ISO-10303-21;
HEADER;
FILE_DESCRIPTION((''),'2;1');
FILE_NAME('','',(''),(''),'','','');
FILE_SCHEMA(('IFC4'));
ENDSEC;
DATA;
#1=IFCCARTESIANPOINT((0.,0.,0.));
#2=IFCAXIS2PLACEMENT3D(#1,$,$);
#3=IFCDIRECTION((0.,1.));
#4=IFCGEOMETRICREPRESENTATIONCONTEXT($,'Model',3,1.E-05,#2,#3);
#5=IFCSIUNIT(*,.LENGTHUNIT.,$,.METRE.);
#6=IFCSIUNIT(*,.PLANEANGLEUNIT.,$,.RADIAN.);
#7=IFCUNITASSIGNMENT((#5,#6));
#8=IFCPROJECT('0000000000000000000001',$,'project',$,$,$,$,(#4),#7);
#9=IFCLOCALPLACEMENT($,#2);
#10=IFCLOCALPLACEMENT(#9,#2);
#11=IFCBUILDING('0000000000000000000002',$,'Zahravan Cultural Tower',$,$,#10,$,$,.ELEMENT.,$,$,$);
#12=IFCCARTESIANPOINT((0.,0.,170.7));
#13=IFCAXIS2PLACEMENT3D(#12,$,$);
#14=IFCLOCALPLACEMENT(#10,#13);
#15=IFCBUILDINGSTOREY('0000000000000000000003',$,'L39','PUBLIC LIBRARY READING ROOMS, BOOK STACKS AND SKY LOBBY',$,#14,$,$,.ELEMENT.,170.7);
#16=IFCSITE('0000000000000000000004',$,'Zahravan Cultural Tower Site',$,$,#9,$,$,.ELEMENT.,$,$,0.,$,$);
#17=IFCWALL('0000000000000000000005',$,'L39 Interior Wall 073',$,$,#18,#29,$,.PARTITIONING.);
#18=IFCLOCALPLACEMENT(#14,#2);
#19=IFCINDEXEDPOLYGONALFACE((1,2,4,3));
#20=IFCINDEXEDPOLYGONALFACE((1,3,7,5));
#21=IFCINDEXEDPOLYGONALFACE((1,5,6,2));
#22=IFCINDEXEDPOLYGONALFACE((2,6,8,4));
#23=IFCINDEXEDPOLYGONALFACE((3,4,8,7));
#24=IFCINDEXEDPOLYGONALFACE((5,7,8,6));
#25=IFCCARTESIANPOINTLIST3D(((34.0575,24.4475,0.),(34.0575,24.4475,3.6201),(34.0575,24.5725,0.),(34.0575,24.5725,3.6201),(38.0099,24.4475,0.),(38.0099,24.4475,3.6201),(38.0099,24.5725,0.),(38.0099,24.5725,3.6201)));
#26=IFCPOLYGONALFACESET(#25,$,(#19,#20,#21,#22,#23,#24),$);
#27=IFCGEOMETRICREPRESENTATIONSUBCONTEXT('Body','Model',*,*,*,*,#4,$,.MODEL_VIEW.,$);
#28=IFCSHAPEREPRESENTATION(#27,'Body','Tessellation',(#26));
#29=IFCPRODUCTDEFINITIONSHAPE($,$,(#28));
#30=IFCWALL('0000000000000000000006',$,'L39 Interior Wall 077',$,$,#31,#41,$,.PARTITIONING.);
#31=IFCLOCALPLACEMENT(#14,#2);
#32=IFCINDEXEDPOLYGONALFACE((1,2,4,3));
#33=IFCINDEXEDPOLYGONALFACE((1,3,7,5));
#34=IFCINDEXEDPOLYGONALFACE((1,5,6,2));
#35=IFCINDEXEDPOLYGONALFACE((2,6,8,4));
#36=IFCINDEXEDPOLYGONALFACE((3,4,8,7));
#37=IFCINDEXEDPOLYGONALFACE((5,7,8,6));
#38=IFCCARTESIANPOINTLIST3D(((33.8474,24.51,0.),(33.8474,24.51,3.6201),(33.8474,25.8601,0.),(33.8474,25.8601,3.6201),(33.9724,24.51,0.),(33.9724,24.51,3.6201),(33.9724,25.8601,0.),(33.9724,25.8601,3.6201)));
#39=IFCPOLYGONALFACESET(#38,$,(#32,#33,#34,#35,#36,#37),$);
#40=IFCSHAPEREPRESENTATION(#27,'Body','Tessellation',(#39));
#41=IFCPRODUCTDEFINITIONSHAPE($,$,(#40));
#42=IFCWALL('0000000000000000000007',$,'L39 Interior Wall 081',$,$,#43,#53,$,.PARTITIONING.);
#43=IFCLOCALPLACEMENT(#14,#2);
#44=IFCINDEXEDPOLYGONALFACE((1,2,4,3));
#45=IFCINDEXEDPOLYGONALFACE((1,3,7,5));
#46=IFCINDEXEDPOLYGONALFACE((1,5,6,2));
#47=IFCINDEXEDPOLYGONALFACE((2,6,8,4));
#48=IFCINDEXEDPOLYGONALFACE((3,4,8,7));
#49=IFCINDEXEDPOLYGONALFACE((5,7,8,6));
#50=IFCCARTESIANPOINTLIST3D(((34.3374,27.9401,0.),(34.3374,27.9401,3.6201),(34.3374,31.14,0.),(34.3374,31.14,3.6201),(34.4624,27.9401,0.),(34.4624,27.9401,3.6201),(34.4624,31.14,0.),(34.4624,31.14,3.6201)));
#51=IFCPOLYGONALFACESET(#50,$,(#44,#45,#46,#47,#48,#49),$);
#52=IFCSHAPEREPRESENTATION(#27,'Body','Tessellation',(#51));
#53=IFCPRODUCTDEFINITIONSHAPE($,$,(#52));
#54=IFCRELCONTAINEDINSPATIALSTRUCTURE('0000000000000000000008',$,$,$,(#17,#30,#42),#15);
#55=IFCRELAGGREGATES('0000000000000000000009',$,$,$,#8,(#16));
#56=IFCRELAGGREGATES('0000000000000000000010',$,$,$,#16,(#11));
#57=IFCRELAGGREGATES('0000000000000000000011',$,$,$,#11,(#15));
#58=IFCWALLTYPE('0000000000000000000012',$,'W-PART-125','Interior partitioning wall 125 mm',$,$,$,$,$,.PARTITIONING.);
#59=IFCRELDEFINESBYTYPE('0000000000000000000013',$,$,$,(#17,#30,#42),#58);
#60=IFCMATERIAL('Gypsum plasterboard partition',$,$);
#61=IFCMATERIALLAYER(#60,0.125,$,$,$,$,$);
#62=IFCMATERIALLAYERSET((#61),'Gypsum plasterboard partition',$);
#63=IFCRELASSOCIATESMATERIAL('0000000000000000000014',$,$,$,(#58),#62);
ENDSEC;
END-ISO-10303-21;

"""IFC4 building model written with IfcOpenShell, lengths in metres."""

from ifc_helpers import new_model, si_unit, direction, frame, frame_2d, origin, place, context, subcontext, project, spatial, rectangle, extrude, source, transform, mapped, material, layer, layer_set, type_object, element, save


model = new_model("IFC4")

# Units and contexts
model_context = context("Model", 3, precision=1e-05, world=origin(), true_north=direction((0.0, 1.0)))
body_context = subcontext(model_context, "Body", "Model", "MODEL_VIEW")
ifc_project = project(units=[si_unit("LENGTHUNIT", "METRE"), si_unit("PLANEANGLEUNIT", "RADIAN")], contexts=[model_context])

# Site, building, storey
site_placement = place(None, origin())
site = spatial("IfcSite", under=ifc_project, at=site_placement, Name="Zahravan Cultural Tower Site", CompositionType="ELEMENT", RefElevation=0.0)
building_placement = place(site_placement, origin())
building = spatial("IfcBuilding", under=site, at=building_placement, Name="Zahravan Cultural Tower", CompositionType="ELEMENT")
storey_placement = place(building_placement, frame((0.0, 0.0, 170.7)))
storey = spatial("IfcBuildingStorey", under=building, at=storey_placement, Name="L39", Description="PUBLIC LIBRARY READING ROOMS, BOOK STACKS AND SKY LOBBY", CompositionType="ELEMENT", Elevation=170.7)

# Shared definitions
ifc_material_1 = material(Name="Gypsum plasterboard partition")
ifc_layer_1 = layer(ifc_material_1, 0.125)
ifc_layer_set_1 = layer_set([ifc_layer_1], Name="Gypsum plasterboard partition")
wall_type_1 = type_object("IfcWallType", Name="W-PART-125", Description="Interior partitioning wall 125 mm", PredefinedType="PARTITIONING", material=ifc_layer_set_1)

# Walls
shared_shape_1 = source(origin(), body_context, "Body", "SweptSolid", [
    extrude(rectangle(XDim=3.9524, YDim=0.125, at=frame_2d((1.9761, 0.0))), origin(), (0.0, 0.0, 1.0), 3.6201),
])
wall_1_placement = place(storey_placement, frame((34.0576, 24.51, 0.0), z_axis=(0.0, 0.0, 1.0), x_axis=(1.0, 0.0, 0.0)))
element("IfcWall", 1, at=wall_1_placement, inside=storey, type_object=wall_type_1, Name="L39 Interior Wall 073", PredefinedType="PARTITIONING", context=body_context, shape_type="MappedRepresentation", body=[
    mapped(shared_shape_1, transform((0.0, 0.0, 0.0), x_axis=(1.0, 0.0, 0.0), y_axis=(0.0, 1.0, 0.0), z_axis=(0.0, 0.0, 1.0), scale=1.0)),
])
shared_shape_2 = source(origin(), body_context, "Body", "SweptSolid", [
    extrude(rectangle(XDim=1.3501, YDim=0.125, at=frame_2d((0.675, 0.0))), origin(), (0.0, 0.0, 1.0), 3.6201),
])
wall_2_placement = place(storey_placement, frame((33.9099, 25.8601, 0.0), z_axis=(0.0, 0.0, 1.0), x_axis=(0.0, -1.0, 0.0)))
element("IfcWall", 2, at=wall_2_placement, inside=storey, type_object=wall_type_1, Name="L39 Interior Wall 077", PredefinedType="PARTITIONING", context=body_context, shape_type="MappedRepresentation", body=[
    mapped(shared_shape_2, transform((0.0, 0.0, 0.0), x_axis=(1.0, 0.0, 0.0), y_axis=(0.0, 1.0, 0.0), z_axis=(0.0, 0.0, 1.0), scale=1.0)),
])
shared_shape_3 = source(origin(), body_context, "Body", "SweptSolid", [
    extrude(rectangle(XDim=3.2, YDim=0.125, at=frame_2d((1.6001, 0.0))), origin(), (0.0, 0.0, 1.0), 3.6201),
])
wall_3_placement = place(storey_placement, frame((34.3999, 27.9399, 0.0), z_axis=(0.0, 0.0, 1.0), x_axis=(0.0, 1.0, 0.0)))
element("IfcWall", 3, at=wall_3_placement, inside=storey, type_object=wall_type_1, Name="L39 Interior Wall 081", PredefinedType="PARTITIONING", context=body_context, shape_type="MappedRepresentation", body=[
    mapped(shared_shape_3, transform((0.0, 0.0, 0.0), x_axis=(1.0, 0.0, 0.0), y_axis=(0.0, 1.0, 0.0), z_axis=(0.0, 0.0, 1.0), scale=1.0)),
])

save(model, "model.ifc")
